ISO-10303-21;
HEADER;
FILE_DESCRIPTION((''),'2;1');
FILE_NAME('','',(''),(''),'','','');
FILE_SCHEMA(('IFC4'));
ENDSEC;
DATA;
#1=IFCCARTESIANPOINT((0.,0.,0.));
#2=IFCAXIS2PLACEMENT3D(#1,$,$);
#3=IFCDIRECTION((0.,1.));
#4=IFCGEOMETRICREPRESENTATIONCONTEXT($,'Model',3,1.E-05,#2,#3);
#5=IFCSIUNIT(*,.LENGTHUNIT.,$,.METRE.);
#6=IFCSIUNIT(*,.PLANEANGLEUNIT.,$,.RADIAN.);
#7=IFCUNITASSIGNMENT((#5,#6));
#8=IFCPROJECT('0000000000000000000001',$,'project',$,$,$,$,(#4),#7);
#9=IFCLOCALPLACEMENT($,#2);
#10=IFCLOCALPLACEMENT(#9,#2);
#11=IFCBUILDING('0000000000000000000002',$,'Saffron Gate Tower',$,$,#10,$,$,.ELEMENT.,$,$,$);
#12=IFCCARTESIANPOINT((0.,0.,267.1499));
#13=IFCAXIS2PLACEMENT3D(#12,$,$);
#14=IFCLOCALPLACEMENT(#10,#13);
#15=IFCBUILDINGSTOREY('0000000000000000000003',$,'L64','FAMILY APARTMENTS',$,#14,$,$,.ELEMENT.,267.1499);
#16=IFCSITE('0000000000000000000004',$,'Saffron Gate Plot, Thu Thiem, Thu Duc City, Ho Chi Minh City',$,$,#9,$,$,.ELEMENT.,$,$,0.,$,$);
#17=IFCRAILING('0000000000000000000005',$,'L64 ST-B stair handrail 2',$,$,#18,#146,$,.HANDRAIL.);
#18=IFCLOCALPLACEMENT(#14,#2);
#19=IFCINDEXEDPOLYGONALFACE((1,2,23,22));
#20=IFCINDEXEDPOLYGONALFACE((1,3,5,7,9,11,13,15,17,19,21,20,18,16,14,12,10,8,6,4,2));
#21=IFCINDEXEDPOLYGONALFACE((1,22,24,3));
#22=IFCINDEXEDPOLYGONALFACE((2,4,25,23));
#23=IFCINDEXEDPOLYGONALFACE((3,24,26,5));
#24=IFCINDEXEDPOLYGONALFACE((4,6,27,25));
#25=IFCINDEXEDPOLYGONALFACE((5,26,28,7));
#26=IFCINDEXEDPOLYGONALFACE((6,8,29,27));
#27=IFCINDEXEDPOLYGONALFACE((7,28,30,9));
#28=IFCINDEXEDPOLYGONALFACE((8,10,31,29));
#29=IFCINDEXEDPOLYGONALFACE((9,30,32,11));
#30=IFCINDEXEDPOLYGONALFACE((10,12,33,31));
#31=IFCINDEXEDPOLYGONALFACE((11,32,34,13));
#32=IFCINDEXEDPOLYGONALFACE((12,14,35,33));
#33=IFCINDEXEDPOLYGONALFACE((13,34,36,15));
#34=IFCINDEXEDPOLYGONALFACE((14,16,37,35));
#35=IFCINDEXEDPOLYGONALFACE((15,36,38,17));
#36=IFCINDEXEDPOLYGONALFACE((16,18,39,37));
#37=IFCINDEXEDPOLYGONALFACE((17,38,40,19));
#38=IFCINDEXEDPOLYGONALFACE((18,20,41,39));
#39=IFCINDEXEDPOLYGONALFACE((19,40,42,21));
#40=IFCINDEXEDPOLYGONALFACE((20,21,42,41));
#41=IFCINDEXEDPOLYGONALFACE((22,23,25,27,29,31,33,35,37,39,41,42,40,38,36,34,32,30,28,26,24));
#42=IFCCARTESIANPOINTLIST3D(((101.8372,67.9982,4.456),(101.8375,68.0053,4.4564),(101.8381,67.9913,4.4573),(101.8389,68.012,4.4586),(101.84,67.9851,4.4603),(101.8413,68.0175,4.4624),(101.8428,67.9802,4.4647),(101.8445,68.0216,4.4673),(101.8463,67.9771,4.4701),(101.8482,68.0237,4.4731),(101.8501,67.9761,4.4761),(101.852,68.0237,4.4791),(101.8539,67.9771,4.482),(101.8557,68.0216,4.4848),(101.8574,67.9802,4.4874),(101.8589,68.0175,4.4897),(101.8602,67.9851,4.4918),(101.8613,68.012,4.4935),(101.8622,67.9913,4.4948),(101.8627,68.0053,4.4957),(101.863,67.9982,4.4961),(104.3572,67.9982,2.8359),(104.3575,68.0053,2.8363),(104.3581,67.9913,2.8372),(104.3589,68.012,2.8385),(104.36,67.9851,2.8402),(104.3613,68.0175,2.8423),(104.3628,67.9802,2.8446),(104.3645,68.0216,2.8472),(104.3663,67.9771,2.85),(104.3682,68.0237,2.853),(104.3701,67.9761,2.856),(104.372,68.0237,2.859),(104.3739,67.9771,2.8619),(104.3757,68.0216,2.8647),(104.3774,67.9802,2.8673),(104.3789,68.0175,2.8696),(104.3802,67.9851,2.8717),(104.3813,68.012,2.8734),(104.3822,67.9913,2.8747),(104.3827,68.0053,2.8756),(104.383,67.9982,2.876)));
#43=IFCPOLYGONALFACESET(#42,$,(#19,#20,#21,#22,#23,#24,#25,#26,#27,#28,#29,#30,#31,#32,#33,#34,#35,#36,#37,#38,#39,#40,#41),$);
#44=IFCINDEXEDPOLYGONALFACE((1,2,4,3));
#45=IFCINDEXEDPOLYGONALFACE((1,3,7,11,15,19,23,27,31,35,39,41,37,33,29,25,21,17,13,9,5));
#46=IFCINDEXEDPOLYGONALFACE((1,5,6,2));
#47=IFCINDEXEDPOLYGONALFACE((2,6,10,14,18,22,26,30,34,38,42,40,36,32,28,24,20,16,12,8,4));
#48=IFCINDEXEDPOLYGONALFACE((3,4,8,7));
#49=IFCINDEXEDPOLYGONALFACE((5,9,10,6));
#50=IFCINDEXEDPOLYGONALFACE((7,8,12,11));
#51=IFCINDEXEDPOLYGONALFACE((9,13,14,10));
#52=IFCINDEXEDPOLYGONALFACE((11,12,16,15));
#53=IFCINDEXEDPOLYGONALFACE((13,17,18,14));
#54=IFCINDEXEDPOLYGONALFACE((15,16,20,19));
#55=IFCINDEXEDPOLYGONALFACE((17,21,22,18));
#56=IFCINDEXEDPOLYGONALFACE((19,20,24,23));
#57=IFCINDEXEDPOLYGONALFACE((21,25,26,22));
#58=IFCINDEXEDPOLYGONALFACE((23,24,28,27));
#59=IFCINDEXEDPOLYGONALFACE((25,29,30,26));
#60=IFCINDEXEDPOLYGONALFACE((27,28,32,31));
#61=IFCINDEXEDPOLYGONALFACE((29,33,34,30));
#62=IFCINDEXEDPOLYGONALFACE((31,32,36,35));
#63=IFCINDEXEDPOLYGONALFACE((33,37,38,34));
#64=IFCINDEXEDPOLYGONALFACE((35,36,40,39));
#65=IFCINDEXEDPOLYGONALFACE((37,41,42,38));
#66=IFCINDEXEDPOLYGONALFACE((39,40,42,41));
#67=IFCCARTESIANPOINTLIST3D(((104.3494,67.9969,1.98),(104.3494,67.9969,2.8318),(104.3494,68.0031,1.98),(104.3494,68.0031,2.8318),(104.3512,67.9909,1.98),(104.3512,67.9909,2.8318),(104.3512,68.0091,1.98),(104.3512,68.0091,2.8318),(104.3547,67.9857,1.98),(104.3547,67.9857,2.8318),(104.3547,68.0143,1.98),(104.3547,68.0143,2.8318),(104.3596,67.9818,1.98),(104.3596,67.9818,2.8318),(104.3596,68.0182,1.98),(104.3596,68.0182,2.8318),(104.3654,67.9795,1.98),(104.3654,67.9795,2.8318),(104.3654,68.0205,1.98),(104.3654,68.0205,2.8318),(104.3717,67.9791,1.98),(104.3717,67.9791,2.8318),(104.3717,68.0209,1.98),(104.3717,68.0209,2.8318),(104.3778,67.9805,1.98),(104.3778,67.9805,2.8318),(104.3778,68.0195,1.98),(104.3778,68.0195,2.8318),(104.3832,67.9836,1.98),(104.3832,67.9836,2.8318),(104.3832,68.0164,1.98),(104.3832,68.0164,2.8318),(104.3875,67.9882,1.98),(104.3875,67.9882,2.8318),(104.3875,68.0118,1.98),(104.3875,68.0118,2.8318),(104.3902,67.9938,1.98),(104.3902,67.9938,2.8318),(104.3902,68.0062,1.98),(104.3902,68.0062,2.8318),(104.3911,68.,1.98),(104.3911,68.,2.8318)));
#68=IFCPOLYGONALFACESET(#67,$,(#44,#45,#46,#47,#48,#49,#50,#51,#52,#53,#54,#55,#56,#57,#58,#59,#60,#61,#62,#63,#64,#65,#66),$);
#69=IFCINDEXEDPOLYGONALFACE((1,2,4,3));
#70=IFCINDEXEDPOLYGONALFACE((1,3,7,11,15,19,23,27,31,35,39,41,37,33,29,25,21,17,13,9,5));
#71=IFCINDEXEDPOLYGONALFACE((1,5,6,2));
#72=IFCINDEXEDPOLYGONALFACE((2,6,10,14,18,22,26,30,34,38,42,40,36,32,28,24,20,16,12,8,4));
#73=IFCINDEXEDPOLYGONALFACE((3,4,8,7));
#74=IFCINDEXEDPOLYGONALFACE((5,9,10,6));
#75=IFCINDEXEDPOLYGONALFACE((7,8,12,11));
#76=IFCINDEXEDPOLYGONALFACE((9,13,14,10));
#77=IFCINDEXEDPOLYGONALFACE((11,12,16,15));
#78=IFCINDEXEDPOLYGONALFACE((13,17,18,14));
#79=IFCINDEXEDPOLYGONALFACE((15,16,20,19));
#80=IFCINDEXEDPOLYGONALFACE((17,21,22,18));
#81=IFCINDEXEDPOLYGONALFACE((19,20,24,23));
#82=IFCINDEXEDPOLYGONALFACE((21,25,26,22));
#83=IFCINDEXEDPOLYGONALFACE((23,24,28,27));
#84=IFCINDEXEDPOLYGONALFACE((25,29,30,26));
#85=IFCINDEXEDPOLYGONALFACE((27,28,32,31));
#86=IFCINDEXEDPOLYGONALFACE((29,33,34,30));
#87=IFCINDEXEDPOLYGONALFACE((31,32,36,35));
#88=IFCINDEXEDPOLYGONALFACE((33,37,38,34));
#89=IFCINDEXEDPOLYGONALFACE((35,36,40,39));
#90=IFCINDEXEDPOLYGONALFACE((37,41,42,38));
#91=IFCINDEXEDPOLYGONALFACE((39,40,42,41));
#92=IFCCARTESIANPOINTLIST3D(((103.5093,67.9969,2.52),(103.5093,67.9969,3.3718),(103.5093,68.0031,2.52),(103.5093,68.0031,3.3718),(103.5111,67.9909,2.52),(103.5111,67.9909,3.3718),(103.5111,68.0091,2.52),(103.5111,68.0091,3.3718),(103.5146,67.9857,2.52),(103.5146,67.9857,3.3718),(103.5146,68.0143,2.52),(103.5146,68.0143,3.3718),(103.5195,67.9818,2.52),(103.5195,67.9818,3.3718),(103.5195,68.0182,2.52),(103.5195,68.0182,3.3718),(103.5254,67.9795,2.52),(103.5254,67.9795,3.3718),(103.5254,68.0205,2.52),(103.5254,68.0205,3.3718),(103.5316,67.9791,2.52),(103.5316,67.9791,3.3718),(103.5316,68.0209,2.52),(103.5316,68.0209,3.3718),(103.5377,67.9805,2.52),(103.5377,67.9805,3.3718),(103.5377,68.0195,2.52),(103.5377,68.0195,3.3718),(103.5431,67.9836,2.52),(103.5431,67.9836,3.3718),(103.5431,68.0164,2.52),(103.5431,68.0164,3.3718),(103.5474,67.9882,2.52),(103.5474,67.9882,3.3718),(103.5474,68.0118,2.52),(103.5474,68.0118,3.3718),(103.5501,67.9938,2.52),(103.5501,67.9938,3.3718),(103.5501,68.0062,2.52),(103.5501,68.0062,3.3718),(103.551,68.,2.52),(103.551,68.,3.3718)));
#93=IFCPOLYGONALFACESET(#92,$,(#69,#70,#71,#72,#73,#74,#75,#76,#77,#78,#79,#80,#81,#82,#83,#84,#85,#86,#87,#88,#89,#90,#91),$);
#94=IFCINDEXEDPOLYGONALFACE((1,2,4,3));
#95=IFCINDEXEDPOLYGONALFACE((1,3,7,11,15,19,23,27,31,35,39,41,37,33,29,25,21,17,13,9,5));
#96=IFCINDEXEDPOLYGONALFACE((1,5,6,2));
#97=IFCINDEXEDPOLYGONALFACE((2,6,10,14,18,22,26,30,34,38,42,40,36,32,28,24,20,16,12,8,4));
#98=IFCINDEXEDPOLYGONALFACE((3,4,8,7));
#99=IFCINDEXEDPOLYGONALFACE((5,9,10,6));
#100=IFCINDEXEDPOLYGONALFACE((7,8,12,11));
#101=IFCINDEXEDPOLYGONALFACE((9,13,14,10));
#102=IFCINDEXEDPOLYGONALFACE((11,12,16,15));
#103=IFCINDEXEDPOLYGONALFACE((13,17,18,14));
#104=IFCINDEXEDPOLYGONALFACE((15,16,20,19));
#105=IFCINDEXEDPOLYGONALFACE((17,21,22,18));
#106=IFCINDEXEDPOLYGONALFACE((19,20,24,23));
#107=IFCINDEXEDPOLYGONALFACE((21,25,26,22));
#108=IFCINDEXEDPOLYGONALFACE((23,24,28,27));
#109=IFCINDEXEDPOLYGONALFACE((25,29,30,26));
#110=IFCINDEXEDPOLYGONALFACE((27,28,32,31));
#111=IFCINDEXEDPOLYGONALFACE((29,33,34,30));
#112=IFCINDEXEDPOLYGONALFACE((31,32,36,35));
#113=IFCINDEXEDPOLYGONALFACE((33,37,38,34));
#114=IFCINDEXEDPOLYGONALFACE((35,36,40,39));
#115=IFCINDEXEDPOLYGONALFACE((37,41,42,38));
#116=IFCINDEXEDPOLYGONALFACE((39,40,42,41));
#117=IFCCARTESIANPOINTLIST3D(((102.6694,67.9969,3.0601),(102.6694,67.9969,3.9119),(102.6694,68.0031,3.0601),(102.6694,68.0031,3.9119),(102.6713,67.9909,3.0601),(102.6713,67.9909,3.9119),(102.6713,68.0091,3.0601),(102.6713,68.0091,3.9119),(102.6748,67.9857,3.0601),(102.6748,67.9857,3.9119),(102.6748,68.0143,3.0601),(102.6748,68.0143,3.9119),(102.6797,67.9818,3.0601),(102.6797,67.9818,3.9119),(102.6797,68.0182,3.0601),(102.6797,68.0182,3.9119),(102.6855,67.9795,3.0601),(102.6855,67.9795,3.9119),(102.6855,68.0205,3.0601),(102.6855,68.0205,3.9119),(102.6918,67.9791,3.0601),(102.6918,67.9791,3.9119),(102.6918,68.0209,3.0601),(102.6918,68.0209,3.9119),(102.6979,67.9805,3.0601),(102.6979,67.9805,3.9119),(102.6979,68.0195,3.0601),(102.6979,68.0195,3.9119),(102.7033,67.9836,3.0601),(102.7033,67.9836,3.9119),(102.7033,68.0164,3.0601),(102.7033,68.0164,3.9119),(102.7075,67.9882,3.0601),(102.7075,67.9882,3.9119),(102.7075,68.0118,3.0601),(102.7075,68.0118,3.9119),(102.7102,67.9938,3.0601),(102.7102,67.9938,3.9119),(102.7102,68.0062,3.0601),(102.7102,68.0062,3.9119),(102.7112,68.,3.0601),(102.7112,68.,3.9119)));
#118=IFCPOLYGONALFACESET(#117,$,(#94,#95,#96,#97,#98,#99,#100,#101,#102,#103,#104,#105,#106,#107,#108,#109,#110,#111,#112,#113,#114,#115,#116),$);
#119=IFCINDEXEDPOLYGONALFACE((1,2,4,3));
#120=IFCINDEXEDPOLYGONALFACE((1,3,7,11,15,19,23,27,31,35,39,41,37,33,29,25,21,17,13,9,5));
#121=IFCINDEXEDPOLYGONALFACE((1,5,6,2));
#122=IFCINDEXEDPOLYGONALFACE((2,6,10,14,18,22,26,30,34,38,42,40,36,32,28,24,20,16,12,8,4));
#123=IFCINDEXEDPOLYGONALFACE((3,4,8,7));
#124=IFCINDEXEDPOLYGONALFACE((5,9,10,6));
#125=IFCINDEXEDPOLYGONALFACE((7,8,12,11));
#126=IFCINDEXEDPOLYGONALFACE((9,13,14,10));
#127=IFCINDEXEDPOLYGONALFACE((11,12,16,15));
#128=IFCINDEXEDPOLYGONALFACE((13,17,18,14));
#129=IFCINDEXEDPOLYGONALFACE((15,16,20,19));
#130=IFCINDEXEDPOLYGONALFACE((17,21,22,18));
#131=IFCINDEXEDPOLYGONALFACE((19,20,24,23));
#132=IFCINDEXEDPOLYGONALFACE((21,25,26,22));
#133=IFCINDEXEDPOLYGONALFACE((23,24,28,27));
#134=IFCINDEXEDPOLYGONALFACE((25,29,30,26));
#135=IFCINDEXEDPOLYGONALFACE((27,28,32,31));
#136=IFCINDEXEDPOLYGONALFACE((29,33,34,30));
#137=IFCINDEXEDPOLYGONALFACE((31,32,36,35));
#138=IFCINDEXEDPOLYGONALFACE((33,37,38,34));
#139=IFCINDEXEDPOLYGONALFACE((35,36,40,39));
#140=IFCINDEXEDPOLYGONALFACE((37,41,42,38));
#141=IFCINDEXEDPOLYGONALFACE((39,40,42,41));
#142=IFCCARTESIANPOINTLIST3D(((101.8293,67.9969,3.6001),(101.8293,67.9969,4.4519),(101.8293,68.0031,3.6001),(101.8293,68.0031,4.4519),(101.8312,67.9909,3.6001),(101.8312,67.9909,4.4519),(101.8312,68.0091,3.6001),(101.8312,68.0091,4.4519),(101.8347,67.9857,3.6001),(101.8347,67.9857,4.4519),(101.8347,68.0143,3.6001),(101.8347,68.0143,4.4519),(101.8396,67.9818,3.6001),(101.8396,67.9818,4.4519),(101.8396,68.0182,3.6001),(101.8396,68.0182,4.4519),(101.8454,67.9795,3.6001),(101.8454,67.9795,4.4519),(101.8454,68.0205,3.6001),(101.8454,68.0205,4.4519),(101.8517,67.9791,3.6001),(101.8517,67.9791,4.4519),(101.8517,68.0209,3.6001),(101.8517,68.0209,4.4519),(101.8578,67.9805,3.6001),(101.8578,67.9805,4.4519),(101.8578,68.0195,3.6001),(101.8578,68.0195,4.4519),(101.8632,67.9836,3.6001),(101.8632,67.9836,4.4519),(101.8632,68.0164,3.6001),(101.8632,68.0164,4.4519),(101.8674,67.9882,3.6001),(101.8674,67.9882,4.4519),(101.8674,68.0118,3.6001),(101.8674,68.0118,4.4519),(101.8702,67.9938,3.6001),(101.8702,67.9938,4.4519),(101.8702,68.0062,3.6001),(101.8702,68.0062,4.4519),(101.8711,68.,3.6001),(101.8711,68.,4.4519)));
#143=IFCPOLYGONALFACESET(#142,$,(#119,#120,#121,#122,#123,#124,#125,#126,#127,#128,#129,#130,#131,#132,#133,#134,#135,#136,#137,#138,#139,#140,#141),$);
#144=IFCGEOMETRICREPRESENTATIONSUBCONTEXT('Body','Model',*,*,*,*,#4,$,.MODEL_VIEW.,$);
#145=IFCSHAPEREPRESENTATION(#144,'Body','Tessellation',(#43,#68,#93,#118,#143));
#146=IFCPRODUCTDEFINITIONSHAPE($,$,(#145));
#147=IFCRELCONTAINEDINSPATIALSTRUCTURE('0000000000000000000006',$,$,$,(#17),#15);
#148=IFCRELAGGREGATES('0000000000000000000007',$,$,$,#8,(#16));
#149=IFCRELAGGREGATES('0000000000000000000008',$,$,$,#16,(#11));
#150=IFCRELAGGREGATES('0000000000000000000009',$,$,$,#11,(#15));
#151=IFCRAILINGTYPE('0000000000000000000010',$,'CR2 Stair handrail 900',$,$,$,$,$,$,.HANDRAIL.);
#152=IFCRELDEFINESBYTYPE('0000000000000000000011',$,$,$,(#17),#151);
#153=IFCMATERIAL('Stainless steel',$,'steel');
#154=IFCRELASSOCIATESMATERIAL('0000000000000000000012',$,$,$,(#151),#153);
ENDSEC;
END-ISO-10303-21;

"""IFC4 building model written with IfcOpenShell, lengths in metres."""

from ifc_helpers import new_model, si_unit, direction, frame, origin, origin_2d, place, context, subcontext, project, spatial, circle, extrude, material, type_object, element, save


model = new_model("IFC4")

# Units and contexts
model_context = context("Model", 3, precision=1e-05, world=origin(), true_north=direction((0.0, 1.0)))
body_context = subcontext(model_context, "Body", "Model", "MODEL_VIEW")
ifc_project = project(units=[si_unit("LENGTHUNIT", "METRE"), si_unit("PLANEANGLEUNIT", "RADIAN")], contexts=[model_context])

# Site, building, storey
site_placement = place(None, origin())
site = spatial("IfcSite", under=ifc_project, at=site_placement, Name="Saffron Gate Plot, Thu Thiem, Thu Duc City, Ho Chi Minh City", CompositionType="ELEMENT", RefElevation=0.0)
building_placement = place(site_placement, origin())
building = spatial("IfcBuilding", under=site, at=building_placement, Name="Saffron Gate Tower", CompositionType="ELEMENT")
storey_placement = place(building_placement, frame((0.0, 0.0, 267.1499)))
storey = spatial("IfcBuildingStorey", under=building, at=storey_placement, Name="L64", Description="FAMILY APARTMENTS", CompositionType="ELEMENT", Elevation=267.1499)

# Railing
ifc_material_1 = material(Name="Stainless steel", Category="steel")
railing_type_1 = type_object("IfcRailingType", Name="CR2 Stair handrail 900", PredefinedType="HANDRAIL", material=ifc_material_1)
railing_1_placement = place(storey_placement, frame((104.3701, 68.0, 1.98)))
element("IfcRailing", 1, at=railing_1_placement, inside=storey, type_object=railing_type_1, Name="L64 ST-B stair handrail 2", PredefinedType="HANDRAIL", context=body_context, shape_type="SweptSolid", body=[
    extrude(circle(Radius=0.0239, at=origin_2d()), frame((0.0, 0.0, 0.876), z_axis=(-0.841163, 0.0, 0.540782), x_axis=(0.0, -1.0, 0.0)), (0.0, 0.0, 1.0), 2.9958),
    extrude(circle(Radius=0.021, at=origin_2d()), origin(), (0.0, 0.0, 1.0), 0.8518),
    extrude(circle(Radius=0.021, at=origin_2d()), frame((-0.8401, 0.0, 0.54)), (0.0, 0.0, 1.0), 0.8518),
    extrude(circle(Radius=0.021, at=origin_2d()), frame((-1.6799, 0.0, 1.0801)), (0.0, 0.0, 1.0), 0.8518),
    extrude(circle(Radius=0.021, at=origin_2d()), frame((-2.52, 0.0, 1.6201)), (0.0, 0.0, 1.0), 0.8518),
])

save(model, "model.ifc")
